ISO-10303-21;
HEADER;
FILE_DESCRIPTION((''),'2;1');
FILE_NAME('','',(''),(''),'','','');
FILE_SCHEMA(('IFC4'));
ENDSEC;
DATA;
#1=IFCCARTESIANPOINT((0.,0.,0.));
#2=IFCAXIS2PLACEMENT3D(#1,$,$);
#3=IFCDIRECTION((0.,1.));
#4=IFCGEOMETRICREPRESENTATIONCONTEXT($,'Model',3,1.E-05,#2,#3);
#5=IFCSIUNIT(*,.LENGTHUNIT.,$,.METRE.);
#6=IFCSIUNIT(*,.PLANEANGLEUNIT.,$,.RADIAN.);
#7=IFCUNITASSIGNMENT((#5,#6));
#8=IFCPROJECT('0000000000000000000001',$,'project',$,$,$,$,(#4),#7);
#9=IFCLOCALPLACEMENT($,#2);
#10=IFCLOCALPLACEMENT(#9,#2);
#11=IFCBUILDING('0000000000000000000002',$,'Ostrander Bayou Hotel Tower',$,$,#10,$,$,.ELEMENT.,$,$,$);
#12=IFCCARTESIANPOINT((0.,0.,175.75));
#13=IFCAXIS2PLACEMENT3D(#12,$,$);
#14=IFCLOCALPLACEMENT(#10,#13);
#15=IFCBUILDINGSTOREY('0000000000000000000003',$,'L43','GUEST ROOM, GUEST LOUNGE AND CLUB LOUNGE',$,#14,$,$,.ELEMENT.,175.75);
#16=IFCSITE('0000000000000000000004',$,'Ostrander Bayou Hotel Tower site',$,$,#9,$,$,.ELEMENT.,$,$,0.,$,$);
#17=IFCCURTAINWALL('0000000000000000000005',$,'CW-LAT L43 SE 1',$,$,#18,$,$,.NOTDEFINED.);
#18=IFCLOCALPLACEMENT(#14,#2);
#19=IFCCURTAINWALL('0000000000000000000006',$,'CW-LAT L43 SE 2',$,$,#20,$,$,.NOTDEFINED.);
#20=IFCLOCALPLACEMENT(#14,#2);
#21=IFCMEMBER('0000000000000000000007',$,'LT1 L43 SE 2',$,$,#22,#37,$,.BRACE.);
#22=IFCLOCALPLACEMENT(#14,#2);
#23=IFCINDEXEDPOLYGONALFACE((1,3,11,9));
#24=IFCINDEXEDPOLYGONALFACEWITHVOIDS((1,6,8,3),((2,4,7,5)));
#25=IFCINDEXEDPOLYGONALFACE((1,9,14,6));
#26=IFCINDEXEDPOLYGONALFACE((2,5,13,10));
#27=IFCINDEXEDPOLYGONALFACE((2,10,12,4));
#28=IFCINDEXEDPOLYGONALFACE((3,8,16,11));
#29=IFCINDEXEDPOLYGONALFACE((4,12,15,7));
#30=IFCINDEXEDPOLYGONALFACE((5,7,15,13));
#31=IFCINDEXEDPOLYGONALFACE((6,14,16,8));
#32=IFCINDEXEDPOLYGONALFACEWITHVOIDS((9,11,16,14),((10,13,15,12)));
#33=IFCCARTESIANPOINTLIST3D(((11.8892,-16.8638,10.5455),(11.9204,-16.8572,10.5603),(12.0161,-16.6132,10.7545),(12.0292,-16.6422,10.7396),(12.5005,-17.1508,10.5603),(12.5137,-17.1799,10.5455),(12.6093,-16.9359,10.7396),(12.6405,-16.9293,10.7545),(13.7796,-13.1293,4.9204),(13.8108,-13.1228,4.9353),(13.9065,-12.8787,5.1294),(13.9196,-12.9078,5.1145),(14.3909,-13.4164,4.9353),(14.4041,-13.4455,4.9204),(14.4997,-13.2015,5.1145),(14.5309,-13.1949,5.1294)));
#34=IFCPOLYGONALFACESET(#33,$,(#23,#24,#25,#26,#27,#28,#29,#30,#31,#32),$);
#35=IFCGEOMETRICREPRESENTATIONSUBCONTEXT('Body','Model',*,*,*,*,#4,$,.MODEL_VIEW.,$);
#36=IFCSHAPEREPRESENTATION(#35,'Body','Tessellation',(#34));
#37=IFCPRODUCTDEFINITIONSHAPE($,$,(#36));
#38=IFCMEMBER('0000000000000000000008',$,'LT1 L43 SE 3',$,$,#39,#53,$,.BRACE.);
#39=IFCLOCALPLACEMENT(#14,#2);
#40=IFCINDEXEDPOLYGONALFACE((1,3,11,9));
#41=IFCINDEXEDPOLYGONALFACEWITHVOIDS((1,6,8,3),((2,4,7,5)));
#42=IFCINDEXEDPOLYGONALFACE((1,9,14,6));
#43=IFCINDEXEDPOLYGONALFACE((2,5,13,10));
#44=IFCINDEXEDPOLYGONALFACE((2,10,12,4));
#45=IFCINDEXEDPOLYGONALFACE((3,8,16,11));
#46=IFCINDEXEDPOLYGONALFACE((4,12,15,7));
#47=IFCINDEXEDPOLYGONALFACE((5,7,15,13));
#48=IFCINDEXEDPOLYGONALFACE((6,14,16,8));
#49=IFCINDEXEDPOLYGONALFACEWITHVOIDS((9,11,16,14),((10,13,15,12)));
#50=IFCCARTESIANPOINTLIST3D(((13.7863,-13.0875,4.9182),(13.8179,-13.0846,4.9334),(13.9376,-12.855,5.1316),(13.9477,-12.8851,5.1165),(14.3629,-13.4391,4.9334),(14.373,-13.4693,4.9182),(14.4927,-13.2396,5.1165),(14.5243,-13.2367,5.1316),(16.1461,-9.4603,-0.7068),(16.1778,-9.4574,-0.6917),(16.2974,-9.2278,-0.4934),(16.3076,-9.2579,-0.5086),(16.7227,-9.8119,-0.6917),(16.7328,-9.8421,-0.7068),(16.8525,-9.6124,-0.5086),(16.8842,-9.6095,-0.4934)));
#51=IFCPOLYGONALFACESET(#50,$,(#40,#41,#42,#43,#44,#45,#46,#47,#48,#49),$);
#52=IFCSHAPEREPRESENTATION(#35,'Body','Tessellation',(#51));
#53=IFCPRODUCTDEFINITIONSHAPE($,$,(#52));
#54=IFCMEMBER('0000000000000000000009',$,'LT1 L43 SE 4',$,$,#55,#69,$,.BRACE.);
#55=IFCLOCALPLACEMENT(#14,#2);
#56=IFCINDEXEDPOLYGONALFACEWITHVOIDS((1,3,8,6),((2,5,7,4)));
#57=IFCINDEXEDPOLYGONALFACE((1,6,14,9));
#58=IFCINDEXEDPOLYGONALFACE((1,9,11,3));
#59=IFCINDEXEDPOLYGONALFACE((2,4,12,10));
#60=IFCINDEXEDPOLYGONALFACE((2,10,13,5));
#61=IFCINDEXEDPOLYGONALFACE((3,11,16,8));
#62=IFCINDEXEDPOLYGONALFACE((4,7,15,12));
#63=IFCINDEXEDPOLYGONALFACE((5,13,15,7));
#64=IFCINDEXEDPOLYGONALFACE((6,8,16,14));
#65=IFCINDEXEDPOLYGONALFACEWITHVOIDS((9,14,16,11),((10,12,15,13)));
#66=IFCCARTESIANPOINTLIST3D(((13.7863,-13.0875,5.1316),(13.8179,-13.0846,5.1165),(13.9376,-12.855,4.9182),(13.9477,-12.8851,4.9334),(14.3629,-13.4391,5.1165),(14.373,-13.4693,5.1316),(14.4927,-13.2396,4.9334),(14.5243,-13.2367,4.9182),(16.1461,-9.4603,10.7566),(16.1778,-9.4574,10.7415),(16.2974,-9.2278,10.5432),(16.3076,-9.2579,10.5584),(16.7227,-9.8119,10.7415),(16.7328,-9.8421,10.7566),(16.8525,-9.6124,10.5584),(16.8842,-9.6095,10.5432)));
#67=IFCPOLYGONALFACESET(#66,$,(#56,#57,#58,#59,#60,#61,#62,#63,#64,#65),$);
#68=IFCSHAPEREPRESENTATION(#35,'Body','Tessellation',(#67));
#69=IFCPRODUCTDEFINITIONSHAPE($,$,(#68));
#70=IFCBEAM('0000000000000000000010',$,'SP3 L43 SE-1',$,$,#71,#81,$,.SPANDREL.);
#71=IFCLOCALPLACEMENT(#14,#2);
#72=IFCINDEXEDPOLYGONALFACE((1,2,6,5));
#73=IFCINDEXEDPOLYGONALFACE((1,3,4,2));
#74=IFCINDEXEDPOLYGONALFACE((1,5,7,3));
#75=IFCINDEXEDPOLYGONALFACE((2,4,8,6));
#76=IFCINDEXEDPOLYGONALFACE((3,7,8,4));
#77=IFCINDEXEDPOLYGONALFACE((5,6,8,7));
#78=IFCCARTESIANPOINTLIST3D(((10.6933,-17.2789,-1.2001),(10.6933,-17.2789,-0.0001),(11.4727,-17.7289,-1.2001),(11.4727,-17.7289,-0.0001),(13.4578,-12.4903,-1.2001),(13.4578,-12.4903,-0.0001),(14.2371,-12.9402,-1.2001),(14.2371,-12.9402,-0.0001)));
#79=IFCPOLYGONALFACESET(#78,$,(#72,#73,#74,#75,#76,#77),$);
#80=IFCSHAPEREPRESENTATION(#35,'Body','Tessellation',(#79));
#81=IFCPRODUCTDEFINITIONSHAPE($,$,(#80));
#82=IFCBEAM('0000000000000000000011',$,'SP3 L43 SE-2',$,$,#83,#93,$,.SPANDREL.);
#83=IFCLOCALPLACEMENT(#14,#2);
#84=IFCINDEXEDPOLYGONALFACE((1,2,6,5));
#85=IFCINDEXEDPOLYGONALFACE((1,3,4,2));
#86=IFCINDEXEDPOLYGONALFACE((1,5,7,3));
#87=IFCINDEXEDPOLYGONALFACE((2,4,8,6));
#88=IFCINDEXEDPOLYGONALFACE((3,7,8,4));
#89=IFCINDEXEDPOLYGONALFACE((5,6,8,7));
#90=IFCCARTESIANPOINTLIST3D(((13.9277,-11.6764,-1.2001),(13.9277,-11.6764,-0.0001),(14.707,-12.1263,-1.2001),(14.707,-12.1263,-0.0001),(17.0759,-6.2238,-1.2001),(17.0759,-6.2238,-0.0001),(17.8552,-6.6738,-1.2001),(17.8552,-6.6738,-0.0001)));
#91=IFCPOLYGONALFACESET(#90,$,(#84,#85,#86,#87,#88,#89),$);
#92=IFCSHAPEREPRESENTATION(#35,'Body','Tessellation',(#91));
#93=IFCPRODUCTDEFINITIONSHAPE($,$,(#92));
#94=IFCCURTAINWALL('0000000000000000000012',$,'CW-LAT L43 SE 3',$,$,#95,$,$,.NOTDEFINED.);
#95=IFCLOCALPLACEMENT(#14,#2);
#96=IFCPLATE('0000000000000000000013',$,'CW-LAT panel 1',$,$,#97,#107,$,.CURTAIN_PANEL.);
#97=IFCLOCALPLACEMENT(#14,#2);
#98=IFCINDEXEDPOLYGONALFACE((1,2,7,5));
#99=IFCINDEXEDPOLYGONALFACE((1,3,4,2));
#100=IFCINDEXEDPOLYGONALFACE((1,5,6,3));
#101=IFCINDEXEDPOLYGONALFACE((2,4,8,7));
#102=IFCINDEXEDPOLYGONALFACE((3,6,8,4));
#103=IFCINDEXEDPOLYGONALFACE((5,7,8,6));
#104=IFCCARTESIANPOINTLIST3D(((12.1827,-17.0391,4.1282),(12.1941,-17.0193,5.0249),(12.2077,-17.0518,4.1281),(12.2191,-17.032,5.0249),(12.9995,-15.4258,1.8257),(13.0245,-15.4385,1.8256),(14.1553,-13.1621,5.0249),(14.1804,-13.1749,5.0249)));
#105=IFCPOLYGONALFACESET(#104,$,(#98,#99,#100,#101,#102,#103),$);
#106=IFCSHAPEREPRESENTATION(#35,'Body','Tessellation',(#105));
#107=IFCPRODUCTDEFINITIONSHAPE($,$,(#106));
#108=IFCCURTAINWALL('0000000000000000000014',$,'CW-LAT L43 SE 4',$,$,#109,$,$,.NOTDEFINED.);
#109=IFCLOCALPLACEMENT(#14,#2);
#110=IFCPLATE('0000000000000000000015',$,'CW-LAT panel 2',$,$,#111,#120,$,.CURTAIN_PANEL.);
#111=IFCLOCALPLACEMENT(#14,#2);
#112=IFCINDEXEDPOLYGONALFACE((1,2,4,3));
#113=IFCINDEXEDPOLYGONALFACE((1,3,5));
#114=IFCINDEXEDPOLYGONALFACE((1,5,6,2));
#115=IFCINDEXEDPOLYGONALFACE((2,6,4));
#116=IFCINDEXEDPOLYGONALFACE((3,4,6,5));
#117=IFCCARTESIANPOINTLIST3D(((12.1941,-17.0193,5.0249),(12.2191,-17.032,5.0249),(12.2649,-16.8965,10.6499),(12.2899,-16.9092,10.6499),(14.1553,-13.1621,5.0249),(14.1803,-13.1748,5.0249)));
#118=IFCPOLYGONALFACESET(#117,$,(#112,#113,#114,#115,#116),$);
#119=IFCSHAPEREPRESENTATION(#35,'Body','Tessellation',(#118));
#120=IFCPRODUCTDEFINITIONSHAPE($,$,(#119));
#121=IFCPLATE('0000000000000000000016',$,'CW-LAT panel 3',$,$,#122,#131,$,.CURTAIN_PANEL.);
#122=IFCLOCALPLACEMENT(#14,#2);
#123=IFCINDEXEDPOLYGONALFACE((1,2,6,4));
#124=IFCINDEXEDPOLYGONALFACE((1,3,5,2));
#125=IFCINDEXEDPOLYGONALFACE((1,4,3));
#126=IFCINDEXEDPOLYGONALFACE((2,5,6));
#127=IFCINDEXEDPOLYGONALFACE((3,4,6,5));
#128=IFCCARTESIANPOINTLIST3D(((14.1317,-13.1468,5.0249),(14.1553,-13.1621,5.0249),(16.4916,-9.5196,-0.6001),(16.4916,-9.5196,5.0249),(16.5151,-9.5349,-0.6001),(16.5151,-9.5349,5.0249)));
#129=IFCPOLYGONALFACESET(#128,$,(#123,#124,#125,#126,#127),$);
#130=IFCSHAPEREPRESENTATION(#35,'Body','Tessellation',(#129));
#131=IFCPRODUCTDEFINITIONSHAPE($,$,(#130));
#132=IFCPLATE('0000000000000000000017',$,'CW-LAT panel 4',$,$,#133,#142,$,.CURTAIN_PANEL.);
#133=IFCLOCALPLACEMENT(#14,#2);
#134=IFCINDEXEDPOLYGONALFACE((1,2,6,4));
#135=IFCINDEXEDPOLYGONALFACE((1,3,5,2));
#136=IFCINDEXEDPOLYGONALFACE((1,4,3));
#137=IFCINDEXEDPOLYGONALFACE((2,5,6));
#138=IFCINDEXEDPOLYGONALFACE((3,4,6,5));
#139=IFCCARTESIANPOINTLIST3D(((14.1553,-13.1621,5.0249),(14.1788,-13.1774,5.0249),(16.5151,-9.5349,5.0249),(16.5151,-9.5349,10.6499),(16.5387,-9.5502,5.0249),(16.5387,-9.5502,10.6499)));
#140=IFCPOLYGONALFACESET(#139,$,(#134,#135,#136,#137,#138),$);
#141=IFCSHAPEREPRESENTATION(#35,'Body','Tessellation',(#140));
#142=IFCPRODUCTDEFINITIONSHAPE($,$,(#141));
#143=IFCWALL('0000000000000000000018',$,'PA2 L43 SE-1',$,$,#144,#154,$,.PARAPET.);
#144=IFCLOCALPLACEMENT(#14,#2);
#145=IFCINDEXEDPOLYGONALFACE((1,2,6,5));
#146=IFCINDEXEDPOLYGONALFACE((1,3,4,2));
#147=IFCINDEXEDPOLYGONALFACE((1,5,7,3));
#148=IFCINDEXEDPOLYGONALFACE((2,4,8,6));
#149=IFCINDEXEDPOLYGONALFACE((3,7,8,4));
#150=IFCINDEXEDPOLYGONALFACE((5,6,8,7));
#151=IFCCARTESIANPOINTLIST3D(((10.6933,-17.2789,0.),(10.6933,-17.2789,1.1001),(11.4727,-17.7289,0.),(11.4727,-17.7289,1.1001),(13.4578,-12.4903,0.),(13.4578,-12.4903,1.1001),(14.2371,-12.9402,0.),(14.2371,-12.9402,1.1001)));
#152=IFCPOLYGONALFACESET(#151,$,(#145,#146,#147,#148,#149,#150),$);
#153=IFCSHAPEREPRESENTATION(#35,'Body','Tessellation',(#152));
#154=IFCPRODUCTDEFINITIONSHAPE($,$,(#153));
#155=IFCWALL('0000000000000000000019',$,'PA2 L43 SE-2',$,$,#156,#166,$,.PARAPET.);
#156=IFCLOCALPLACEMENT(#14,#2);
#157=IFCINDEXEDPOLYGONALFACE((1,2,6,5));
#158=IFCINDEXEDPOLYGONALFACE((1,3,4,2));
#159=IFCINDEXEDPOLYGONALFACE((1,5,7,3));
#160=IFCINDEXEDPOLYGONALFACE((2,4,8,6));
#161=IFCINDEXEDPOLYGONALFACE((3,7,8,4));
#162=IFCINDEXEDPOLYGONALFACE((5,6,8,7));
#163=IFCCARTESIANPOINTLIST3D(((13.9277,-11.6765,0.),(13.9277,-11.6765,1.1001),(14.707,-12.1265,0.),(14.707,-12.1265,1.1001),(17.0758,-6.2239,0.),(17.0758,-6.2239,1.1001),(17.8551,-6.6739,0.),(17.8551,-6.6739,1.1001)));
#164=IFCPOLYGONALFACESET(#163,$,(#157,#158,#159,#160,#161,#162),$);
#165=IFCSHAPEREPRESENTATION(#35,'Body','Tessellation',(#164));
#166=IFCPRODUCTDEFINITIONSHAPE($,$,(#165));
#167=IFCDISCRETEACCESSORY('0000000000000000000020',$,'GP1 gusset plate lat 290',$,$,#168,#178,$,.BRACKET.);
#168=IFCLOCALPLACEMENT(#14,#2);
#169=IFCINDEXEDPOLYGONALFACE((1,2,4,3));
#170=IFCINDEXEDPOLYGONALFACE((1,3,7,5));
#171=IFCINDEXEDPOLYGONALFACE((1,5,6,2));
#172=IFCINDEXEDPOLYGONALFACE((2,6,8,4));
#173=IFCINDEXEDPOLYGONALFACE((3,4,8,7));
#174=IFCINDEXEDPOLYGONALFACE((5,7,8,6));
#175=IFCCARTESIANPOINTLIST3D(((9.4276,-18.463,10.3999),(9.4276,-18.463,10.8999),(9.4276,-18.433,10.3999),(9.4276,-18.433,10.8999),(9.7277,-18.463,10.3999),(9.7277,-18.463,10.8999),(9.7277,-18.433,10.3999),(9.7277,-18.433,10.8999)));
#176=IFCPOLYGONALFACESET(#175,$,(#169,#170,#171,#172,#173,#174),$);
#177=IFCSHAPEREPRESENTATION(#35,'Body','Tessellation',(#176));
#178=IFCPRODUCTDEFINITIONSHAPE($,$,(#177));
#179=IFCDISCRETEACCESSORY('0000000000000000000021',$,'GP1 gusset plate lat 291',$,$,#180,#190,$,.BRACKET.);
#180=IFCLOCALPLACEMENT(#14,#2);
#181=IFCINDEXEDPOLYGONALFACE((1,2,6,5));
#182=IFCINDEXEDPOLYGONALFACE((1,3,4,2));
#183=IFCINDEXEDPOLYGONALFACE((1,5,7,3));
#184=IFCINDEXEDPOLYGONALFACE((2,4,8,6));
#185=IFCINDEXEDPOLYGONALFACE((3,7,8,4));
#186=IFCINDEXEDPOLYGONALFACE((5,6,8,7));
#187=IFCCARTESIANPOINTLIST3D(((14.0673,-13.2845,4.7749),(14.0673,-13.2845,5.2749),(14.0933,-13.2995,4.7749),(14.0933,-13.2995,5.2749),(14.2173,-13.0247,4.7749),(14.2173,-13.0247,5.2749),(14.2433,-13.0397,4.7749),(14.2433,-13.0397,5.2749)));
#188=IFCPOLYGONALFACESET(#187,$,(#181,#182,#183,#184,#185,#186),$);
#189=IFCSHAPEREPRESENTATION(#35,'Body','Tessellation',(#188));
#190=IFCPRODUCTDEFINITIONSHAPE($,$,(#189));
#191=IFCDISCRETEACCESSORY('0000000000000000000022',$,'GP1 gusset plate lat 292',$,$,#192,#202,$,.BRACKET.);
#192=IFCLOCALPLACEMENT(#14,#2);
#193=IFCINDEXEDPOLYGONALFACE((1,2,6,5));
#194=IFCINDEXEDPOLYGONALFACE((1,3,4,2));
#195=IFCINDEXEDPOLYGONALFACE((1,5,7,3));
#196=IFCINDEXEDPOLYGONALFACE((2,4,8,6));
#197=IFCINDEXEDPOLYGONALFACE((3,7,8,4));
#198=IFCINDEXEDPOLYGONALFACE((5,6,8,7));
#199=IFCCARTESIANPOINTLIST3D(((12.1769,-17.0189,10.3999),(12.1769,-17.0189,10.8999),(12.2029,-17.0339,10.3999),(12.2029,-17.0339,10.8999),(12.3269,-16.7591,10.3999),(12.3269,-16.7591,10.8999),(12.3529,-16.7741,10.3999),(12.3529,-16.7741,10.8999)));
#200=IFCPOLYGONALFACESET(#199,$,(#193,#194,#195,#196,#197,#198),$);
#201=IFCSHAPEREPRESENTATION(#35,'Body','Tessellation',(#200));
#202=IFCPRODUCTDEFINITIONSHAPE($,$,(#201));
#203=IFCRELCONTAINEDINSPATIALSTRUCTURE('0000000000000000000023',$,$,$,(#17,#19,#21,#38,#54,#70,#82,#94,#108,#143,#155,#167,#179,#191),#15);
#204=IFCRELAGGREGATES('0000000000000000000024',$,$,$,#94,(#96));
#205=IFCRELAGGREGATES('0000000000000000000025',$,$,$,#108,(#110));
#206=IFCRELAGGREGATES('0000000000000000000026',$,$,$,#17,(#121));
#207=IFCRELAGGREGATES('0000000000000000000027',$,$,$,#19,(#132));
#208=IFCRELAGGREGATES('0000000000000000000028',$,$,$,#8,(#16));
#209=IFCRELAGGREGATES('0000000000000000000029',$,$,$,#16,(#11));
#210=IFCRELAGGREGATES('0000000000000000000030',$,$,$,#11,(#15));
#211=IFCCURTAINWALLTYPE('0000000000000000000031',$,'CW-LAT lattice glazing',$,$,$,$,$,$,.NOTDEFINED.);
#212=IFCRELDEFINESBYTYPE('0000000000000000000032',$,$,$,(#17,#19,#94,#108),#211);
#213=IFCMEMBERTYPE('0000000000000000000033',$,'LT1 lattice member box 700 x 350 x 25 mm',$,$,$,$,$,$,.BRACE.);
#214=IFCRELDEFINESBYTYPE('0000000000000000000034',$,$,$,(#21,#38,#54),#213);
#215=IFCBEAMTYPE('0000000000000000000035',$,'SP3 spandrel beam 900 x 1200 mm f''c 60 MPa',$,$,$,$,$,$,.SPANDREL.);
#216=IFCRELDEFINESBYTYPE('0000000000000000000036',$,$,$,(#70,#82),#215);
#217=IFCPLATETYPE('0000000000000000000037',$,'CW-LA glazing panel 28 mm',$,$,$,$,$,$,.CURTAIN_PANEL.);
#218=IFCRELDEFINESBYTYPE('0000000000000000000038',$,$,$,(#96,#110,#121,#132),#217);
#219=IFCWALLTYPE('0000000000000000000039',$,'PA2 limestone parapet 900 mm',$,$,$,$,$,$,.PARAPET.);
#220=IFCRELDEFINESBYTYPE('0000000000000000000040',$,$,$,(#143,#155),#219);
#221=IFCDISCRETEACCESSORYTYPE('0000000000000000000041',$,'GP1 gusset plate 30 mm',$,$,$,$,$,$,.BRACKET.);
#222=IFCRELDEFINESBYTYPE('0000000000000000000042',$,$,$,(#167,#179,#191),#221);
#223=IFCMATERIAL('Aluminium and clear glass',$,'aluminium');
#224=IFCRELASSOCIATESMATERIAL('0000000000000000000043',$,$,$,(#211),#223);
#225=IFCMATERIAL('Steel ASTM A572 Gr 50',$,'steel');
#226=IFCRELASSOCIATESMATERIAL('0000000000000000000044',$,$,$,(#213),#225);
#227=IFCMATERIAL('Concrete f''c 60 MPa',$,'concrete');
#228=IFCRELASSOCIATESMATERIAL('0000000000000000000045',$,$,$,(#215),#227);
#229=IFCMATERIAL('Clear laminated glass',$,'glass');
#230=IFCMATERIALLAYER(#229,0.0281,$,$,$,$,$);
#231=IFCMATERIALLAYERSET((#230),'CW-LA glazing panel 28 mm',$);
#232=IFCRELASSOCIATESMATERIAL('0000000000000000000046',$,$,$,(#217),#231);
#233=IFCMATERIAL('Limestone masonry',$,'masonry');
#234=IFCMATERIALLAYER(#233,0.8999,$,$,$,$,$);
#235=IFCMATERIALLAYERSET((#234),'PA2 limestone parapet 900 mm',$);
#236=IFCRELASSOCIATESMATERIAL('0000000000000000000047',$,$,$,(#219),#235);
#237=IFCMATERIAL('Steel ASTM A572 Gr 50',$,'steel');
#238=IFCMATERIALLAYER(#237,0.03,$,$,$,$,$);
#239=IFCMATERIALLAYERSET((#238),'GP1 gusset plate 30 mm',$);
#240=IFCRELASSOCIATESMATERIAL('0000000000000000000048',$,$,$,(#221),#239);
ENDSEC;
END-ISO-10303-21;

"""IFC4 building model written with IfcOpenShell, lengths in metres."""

from ifc_helpers import new_model, si_unit, direction, frame, frame_2d, origin, origin_2d, place, context, subcontext, project, spatial, polyline, rectangle, hollow_rectangle, outline, extrude, material, layer, layer_set, material_profile, profile_set, type_object, element, aggregate, save


model = new_model("IFC4")

# Units and contexts
model_context = context("Model", 3, precision=1e-05, world=origin(), true_north=direction((0.0, 1.0)))
body_context = subcontext(model_context, "Body", "Model", "MODEL_VIEW")
ifc_project = project(units=[si_unit("LENGTHUNIT", "METRE"), si_unit("PLANEANGLEUNIT", "RADIAN")], contexts=[model_context])

# Site, building, storey
site_placement = place(None, origin())
site = spatial("IfcSite", under=ifc_project, at=site_placement, Name="Ostrander Bayou Hotel Tower site", CompositionType="ELEMENT", RefElevation=0.0)
building_placement = place(site_placement, origin())
building = spatial("IfcBuilding", under=site, at=building_placement, Name="Ostrander Bayou Hotel Tower", CompositionType="ELEMENT")
storey_placement = place(building_placement, frame((0.0, 0.0, 175.75)))
storey = spatial("IfcBuildingStorey", under=building, at=storey_placement, Name="L43", Description="GUEST ROOM, GUEST LOUNGE AND CLUB LOUNGE", CompositionType="ELEMENT", Elevation=175.75)

# Curtain wall
ifc_material_1 = material(Name="Aluminium and clear glass", Category="aluminium")
curtain_wall_type = type_object("IfcCurtainWallType", Name="CW-LAT lattice glazing", PredefinedType="NOTDEFINED", material=ifc_material_1)
curtain_wall_1_placement = place(storey_placement, origin())
curtain_wall_1 = element("IfcCurtainWall", 1, at=curtain_wall_1_placement, inside=storey, type_object=curtain_wall_type, Name="CW-LAT L43 SE 1", PredefinedType="NOTDEFINED")

# Curtain wall
curtain_wall_2_placement = place(storey_placement, origin())
curtain_wall_2 = element("IfcCurtainWall", 2, at=curtain_wall_2_placement, inside=storey, type_object=curtain_wall_type, Name="CW-LAT L43 SE 2", PredefinedType="NOTDEFINED")

# Members
ifc_material_2 = material(Name="Steel ASTM A572 Gr 50", Category="steel")
ifc_material_profile_1 = material_profile(ifc_material_2, hollow_rectangle(XDim=0.7, YDim=0.3501, WallThickness=0.0249, at=origin_2d()))
ifc_profile_set_1 = profile_set([ifc_material_profile_1], Name="Steel ASTM A572 Gr 50")
member_type_1 = type_object("IfcMemberType", Name="LT1 lattice member box 700 x 350 x 25 mm", PredefinedType="BRACE", material=ifc_profile_set_1)
member_1_placement = place(storey_placement, frame((14.1553, -13.1621, 5.0249), z_axis=(-0.269615, -0.532615, 0.802265), x_axis=(0.8922, -0.451641, 0.0)))
element("IfcMember", 3, at=member_1_placement, inside=storey, type_object=member_type_1, Name="LT1 L43 SE 2", PredefinedType="BRACE", context=body_context, shape_type="SweptSolid", body=[
    extrude(hollow_rectangle(XDim=0.7, YDim=0.3501, WallThickness=0.0249, at=origin_2d()), origin(), (0.0, 0.0, 1.0), 7.0115),
])
for number, where, z_axis, x_axis, name in (
    (4, (14.1553, -13.1621, 5.0249), (0.33252, 0.511095, -0.792598), (-0.838213, 0.545343, 0.0), "LT1 L43 SE 3"),
    (5, (14.1553, -13.1621, 5.0249), (0.33252, 0.511095, 0.792598), (-0.838213, 0.545343, 0.0), "LT1 L43 SE 4"),
):
    element("IfcMember", number, at=place(storey_placement, frame(where, z_axis=z_axis, x_axis=x_axis)), inside=storey, type_object=member_type_1, Name=name, PredefinedType="BRACE", context=body_context, shape_type="SweptSolid", body=[
        extrude(hollow_rectangle(XDim=0.7, YDim=0.3501, WallThickness=0.0249, at=origin_2d()), origin(), (0.0, 0.0, 1.0), 7.0969),
    ])

# Beams
ifc_material_3 = material(Name="Concrete f'c 60 MPa", Category="concrete")
ifc_material_profile_2 = material_profile(ifc_material_3, rectangle(XDim=0.8999, YDim=1.2, at=origin_2d()))
ifc_profile_set_2 = profile_set([ifc_material_profile_2], Name="Concrete f'c 60 MPa")
beam_type_1 = type_object("IfcBeamType", Name="SP3 spandrel beam 900 x 1200 mm f'c 60 MPa", PredefinedType="SPANDREL", material=ifc_profile_set_2)
beam_1_placement = place(storey_placement, frame((11.083, -17.5039, -0.6001), z_axis=(0.499962, 0.866047, 0.0), x_axis=(-0.866047, 0.499962, 0.0)))
element("IfcBeam", 6, at=beam_1_placement, inside=storey, type_object=beam_type_1, Name="SP3 L43 SE-1", PredefinedType="SPANDREL", context=body_context, shape_type="SweptSolid", body=[
    extrude(rectangle(XDim=0.8999, YDim=1.2, at=origin_2d()), origin(), (0.0, 0.0, 1.0), 5.5293),
])
beam_2_placement = place(storey_placement, frame((14.3174, -11.9014, -0.6001), z_axis=(0.500013, 0.866018, 0.0), x_axis=(-0.866018, 0.500013, 0.0)))
element("IfcBeam", 7, at=beam_2_placement, inside=storey, type_object=beam_type_1, Name="SP3 L43 SE-2", PredefinedType="SPANDREL", context=body_context, shape_type="SweptSolid", body=[
    extrude(rectangle(XDim=0.8999, YDim=1.2, at=origin_2d()), origin(), (0.0, 0.0, 1.0), 6.2961),
])

# Curtain walls, plates
curtain_wall_3_placement = place(storey_placement, origin())
curtain_wall_3 = element("IfcCurtainWall", 8, at=curtain_wall_3_placement, inside=storey, type_object=curtain_wall_type, Name="CW-LAT L43 SE 3", PredefinedType="NOTDEFINED")
ifc_material_4 = material(Name="Clear laminated glass", Category="glass")
ifc_layer_1 = layer(ifc_material_4, 0.0281)
ifc_layer_set_1 = layer_set([ifc_layer_1], Name="CW-LA glazing panel 28 mm")
plate_type = type_object("IfcPlateType", Name="CW-LA glazing panel 28 mm", PredefinedType="CURTAIN_PANEL", material=ifc_layer_set_1)
plate_1_placement = place(storey_placement, frame((12.9995, -15.4258, 1.8257), z_axis=(-0.891387, 0.453241, 0.001345), x_axis=(-0.279004, -0.551049, 0.786449)))
plate_1 = element("IfcPlate", 9, at=plate_1_placement, type_object=plate_type, Name="CW-LAT panel 1", PredefinedType="CURTAIN_PANEL", context=body_context, shape_type="SweptSolid", body=[
    extrude(outline(polyline([(0.0, 0.0), (2.9277, 0.0), (3.6188, 0.5718), (0.9462, 3.9749), (0.0, 0.0)])), origin(), (0.0, 0.0, -1.0), 0.0281),
])
aggregate(curtain_wall_3, [plate_1])
curtain_wall_4_placement = place(storey_placement, origin())
curtain_wall_4 = element("IfcCurtainWall", 10, at=curtain_wall_4_placement, inside=storey, type_object=curtain_wall_type, Name="CW-LAT L43 SE 4", PredefinedType="NOTDEFINED")
plate_2_placement = place(storey_placement, frame((14.1553, -13.1621, 5.0249), z_axis=(-0.891393, 0.453229, 0.001325), x_axis=(-0.269615, -0.532615, 0.802265)))
plate_2 = element("IfcPlate", 11, at=plate_2_placement, type_object=plate_type, Name="CW-LAT panel 2", PredefinedType="CURTAIN_PANEL", context=body_context, shape_type="SweptSolid", body=[
    extrude(outline(polyline([(0.0, 0.0), (7.0114, 0.0), (2.5832, -3.4715), (0.0, 0.0)])), origin(), (0.0, 0.0, -1.0), 0.0281),
])
aggregate(curtain_wall_4, [plate_2])

# Plates
plate_3_placement = place(storey_placement, frame((14.1553, -13.1621, 5.0249), z_axis=(0.838213, -0.545343, 0.0), x_axis=(0.33252, 0.511095, -0.792598)))
plate_3 = element("IfcPlate", 12, at=plate_3_placement, type_object=plate_type, Name="CW-LAT panel 3", PredefinedType="CURTAIN_PANEL", context=body_context, shape_type="SweptSolid", body=[
    extrude(outline(polyline([(0.0, 0.0), (7.0969, 0.0), (2.6385, 3.4298), (0.0, 0.0)])), origin(), (0.0, 0.0, -1.0), 0.0281),
])
aggregate(curtain_wall_1, [plate_3])
plate_4_placement = place(storey_placement, frame((14.1553, -13.1621, 5.0249), z_axis=(-0.838213, 0.545343, 0.0), x_axis=(0.33252, 0.511095, 0.792598)))
plate_4 = element("IfcPlate", 13, at=plate_4_placement, type_object=plate_type, Name="CW-LAT panel 4", PredefinedType="CURTAIN_PANEL", context=body_context, shape_type="SweptSolid", body=[
    extrude(outline(polyline([(0.0, 0.0), (7.0969, 0.0), (2.6385, 3.4298), (0.0, 0.0)])), origin(), (0.0, 0.0, -1.0), 0.0281),
])
aggregate(curtain_wall_2, [plate_4])

# Walls
ifc_material_5 = material(Name="Limestone masonry", Category="masonry")
ifc_layer_2 = layer(ifc_material_5, 0.8999)
ifc_layer_set_2 = layer_set([ifc_layer_2], Name="PA2 limestone parapet 900 mm")
wall_type = type_object("IfcWallType", Name="PA2 limestone parapet 900 mm", PredefinedType="PARAPET", material=ifc_layer_set_2)
wall_1_placement = place(storey_placement, frame((11.083, -17.5039, 0.0), z_axis=(0.0, 0.0, 1.0), x_axis=(0.499962, 0.866047, 0.0)))
element("IfcWall", 14, at=wall_1_placement, inside=storey, type_object=wall_type, Name="PA2 L43 SE-1", PredefinedType="PARAPET", context=body_context, shape_type="SweptSolid", body=[
    extrude(rectangle(XDim=5.5293, YDim=0.8999, at=frame_2d((2.7646, 0.0))), origin(), (0.0, 0.0, 1.0), 1.1001),
])
wall_2_placement = place(storey_placement, frame((14.3174, -11.9014, 0.0), z_axis=(0.0, 0.0, 1.0), x_axis=(0.500013, 0.866018, 0.0)))
element("IfcWall", 15, at=wall_2_placement, inside=storey, type_object=wall_type, Name="PA2 L43 SE-2", PredefinedType="PARAPET", context=body_context, shape_type="SweptSolid", body=[
    extrude(rectangle(XDim=6.2961, YDim=0.8999, at=frame_2d((3.1479, 0.0))), origin(), (0.0, 0.0, 1.0), 1.1001),
])

# Discrete accessories
ifc_material_6 = material(Name="Steel ASTM A572 Gr 50", Category="steel")
ifc_layer_3 = layer(ifc_material_6, 0.03)
ifc_layer_set_3 = layer_set([ifc_layer_3], Name="GP1 gusset plate 30 mm")
discrete_accessory_type = type_object("IfcDiscreteAccessoryType", Name="GP1 gusset plate 30 mm", PredefinedType="BRACKET", material=ifc_layer_set_3)
for number, where, z_axis, x_axis, name in (
    (16, (9.5776, -18.448, 10.3999), (0.0, 0.0, 1.0), (1.0, 0.0, 0.0), "GP1 gusset plate lat 290"),
    (17, (14.1553, -13.1621, 4.7749), (0.0, 0.0, 1.0), (0.5, 0.866025, 0.0), "GP1 gusset plate lat 291"),
    (18, (12.2649, -16.8965, 10.3999), (0.0, 0.0, 1.0), (0.5, 0.866025, 0.0), "GP1 gusset plate lat 292"),
):
    element("IfcDiscreteAccessory", number, at=place(storey_placement, frame(where, z_axis=z_axis, x_axis=x_axis)), inside=storey, type_object=discrete_accessory_type, Name=name, PredefinedType="BRACKET", context=body_context, shape_type="SweptSolid", body=[
        extrude(rectangle(XDim=0.3, YDim=0.03, at=origin_2d()), origin(), (0.0, 0.0, 1.0), 0.5),
    ])

save(model, "model.ifc")
